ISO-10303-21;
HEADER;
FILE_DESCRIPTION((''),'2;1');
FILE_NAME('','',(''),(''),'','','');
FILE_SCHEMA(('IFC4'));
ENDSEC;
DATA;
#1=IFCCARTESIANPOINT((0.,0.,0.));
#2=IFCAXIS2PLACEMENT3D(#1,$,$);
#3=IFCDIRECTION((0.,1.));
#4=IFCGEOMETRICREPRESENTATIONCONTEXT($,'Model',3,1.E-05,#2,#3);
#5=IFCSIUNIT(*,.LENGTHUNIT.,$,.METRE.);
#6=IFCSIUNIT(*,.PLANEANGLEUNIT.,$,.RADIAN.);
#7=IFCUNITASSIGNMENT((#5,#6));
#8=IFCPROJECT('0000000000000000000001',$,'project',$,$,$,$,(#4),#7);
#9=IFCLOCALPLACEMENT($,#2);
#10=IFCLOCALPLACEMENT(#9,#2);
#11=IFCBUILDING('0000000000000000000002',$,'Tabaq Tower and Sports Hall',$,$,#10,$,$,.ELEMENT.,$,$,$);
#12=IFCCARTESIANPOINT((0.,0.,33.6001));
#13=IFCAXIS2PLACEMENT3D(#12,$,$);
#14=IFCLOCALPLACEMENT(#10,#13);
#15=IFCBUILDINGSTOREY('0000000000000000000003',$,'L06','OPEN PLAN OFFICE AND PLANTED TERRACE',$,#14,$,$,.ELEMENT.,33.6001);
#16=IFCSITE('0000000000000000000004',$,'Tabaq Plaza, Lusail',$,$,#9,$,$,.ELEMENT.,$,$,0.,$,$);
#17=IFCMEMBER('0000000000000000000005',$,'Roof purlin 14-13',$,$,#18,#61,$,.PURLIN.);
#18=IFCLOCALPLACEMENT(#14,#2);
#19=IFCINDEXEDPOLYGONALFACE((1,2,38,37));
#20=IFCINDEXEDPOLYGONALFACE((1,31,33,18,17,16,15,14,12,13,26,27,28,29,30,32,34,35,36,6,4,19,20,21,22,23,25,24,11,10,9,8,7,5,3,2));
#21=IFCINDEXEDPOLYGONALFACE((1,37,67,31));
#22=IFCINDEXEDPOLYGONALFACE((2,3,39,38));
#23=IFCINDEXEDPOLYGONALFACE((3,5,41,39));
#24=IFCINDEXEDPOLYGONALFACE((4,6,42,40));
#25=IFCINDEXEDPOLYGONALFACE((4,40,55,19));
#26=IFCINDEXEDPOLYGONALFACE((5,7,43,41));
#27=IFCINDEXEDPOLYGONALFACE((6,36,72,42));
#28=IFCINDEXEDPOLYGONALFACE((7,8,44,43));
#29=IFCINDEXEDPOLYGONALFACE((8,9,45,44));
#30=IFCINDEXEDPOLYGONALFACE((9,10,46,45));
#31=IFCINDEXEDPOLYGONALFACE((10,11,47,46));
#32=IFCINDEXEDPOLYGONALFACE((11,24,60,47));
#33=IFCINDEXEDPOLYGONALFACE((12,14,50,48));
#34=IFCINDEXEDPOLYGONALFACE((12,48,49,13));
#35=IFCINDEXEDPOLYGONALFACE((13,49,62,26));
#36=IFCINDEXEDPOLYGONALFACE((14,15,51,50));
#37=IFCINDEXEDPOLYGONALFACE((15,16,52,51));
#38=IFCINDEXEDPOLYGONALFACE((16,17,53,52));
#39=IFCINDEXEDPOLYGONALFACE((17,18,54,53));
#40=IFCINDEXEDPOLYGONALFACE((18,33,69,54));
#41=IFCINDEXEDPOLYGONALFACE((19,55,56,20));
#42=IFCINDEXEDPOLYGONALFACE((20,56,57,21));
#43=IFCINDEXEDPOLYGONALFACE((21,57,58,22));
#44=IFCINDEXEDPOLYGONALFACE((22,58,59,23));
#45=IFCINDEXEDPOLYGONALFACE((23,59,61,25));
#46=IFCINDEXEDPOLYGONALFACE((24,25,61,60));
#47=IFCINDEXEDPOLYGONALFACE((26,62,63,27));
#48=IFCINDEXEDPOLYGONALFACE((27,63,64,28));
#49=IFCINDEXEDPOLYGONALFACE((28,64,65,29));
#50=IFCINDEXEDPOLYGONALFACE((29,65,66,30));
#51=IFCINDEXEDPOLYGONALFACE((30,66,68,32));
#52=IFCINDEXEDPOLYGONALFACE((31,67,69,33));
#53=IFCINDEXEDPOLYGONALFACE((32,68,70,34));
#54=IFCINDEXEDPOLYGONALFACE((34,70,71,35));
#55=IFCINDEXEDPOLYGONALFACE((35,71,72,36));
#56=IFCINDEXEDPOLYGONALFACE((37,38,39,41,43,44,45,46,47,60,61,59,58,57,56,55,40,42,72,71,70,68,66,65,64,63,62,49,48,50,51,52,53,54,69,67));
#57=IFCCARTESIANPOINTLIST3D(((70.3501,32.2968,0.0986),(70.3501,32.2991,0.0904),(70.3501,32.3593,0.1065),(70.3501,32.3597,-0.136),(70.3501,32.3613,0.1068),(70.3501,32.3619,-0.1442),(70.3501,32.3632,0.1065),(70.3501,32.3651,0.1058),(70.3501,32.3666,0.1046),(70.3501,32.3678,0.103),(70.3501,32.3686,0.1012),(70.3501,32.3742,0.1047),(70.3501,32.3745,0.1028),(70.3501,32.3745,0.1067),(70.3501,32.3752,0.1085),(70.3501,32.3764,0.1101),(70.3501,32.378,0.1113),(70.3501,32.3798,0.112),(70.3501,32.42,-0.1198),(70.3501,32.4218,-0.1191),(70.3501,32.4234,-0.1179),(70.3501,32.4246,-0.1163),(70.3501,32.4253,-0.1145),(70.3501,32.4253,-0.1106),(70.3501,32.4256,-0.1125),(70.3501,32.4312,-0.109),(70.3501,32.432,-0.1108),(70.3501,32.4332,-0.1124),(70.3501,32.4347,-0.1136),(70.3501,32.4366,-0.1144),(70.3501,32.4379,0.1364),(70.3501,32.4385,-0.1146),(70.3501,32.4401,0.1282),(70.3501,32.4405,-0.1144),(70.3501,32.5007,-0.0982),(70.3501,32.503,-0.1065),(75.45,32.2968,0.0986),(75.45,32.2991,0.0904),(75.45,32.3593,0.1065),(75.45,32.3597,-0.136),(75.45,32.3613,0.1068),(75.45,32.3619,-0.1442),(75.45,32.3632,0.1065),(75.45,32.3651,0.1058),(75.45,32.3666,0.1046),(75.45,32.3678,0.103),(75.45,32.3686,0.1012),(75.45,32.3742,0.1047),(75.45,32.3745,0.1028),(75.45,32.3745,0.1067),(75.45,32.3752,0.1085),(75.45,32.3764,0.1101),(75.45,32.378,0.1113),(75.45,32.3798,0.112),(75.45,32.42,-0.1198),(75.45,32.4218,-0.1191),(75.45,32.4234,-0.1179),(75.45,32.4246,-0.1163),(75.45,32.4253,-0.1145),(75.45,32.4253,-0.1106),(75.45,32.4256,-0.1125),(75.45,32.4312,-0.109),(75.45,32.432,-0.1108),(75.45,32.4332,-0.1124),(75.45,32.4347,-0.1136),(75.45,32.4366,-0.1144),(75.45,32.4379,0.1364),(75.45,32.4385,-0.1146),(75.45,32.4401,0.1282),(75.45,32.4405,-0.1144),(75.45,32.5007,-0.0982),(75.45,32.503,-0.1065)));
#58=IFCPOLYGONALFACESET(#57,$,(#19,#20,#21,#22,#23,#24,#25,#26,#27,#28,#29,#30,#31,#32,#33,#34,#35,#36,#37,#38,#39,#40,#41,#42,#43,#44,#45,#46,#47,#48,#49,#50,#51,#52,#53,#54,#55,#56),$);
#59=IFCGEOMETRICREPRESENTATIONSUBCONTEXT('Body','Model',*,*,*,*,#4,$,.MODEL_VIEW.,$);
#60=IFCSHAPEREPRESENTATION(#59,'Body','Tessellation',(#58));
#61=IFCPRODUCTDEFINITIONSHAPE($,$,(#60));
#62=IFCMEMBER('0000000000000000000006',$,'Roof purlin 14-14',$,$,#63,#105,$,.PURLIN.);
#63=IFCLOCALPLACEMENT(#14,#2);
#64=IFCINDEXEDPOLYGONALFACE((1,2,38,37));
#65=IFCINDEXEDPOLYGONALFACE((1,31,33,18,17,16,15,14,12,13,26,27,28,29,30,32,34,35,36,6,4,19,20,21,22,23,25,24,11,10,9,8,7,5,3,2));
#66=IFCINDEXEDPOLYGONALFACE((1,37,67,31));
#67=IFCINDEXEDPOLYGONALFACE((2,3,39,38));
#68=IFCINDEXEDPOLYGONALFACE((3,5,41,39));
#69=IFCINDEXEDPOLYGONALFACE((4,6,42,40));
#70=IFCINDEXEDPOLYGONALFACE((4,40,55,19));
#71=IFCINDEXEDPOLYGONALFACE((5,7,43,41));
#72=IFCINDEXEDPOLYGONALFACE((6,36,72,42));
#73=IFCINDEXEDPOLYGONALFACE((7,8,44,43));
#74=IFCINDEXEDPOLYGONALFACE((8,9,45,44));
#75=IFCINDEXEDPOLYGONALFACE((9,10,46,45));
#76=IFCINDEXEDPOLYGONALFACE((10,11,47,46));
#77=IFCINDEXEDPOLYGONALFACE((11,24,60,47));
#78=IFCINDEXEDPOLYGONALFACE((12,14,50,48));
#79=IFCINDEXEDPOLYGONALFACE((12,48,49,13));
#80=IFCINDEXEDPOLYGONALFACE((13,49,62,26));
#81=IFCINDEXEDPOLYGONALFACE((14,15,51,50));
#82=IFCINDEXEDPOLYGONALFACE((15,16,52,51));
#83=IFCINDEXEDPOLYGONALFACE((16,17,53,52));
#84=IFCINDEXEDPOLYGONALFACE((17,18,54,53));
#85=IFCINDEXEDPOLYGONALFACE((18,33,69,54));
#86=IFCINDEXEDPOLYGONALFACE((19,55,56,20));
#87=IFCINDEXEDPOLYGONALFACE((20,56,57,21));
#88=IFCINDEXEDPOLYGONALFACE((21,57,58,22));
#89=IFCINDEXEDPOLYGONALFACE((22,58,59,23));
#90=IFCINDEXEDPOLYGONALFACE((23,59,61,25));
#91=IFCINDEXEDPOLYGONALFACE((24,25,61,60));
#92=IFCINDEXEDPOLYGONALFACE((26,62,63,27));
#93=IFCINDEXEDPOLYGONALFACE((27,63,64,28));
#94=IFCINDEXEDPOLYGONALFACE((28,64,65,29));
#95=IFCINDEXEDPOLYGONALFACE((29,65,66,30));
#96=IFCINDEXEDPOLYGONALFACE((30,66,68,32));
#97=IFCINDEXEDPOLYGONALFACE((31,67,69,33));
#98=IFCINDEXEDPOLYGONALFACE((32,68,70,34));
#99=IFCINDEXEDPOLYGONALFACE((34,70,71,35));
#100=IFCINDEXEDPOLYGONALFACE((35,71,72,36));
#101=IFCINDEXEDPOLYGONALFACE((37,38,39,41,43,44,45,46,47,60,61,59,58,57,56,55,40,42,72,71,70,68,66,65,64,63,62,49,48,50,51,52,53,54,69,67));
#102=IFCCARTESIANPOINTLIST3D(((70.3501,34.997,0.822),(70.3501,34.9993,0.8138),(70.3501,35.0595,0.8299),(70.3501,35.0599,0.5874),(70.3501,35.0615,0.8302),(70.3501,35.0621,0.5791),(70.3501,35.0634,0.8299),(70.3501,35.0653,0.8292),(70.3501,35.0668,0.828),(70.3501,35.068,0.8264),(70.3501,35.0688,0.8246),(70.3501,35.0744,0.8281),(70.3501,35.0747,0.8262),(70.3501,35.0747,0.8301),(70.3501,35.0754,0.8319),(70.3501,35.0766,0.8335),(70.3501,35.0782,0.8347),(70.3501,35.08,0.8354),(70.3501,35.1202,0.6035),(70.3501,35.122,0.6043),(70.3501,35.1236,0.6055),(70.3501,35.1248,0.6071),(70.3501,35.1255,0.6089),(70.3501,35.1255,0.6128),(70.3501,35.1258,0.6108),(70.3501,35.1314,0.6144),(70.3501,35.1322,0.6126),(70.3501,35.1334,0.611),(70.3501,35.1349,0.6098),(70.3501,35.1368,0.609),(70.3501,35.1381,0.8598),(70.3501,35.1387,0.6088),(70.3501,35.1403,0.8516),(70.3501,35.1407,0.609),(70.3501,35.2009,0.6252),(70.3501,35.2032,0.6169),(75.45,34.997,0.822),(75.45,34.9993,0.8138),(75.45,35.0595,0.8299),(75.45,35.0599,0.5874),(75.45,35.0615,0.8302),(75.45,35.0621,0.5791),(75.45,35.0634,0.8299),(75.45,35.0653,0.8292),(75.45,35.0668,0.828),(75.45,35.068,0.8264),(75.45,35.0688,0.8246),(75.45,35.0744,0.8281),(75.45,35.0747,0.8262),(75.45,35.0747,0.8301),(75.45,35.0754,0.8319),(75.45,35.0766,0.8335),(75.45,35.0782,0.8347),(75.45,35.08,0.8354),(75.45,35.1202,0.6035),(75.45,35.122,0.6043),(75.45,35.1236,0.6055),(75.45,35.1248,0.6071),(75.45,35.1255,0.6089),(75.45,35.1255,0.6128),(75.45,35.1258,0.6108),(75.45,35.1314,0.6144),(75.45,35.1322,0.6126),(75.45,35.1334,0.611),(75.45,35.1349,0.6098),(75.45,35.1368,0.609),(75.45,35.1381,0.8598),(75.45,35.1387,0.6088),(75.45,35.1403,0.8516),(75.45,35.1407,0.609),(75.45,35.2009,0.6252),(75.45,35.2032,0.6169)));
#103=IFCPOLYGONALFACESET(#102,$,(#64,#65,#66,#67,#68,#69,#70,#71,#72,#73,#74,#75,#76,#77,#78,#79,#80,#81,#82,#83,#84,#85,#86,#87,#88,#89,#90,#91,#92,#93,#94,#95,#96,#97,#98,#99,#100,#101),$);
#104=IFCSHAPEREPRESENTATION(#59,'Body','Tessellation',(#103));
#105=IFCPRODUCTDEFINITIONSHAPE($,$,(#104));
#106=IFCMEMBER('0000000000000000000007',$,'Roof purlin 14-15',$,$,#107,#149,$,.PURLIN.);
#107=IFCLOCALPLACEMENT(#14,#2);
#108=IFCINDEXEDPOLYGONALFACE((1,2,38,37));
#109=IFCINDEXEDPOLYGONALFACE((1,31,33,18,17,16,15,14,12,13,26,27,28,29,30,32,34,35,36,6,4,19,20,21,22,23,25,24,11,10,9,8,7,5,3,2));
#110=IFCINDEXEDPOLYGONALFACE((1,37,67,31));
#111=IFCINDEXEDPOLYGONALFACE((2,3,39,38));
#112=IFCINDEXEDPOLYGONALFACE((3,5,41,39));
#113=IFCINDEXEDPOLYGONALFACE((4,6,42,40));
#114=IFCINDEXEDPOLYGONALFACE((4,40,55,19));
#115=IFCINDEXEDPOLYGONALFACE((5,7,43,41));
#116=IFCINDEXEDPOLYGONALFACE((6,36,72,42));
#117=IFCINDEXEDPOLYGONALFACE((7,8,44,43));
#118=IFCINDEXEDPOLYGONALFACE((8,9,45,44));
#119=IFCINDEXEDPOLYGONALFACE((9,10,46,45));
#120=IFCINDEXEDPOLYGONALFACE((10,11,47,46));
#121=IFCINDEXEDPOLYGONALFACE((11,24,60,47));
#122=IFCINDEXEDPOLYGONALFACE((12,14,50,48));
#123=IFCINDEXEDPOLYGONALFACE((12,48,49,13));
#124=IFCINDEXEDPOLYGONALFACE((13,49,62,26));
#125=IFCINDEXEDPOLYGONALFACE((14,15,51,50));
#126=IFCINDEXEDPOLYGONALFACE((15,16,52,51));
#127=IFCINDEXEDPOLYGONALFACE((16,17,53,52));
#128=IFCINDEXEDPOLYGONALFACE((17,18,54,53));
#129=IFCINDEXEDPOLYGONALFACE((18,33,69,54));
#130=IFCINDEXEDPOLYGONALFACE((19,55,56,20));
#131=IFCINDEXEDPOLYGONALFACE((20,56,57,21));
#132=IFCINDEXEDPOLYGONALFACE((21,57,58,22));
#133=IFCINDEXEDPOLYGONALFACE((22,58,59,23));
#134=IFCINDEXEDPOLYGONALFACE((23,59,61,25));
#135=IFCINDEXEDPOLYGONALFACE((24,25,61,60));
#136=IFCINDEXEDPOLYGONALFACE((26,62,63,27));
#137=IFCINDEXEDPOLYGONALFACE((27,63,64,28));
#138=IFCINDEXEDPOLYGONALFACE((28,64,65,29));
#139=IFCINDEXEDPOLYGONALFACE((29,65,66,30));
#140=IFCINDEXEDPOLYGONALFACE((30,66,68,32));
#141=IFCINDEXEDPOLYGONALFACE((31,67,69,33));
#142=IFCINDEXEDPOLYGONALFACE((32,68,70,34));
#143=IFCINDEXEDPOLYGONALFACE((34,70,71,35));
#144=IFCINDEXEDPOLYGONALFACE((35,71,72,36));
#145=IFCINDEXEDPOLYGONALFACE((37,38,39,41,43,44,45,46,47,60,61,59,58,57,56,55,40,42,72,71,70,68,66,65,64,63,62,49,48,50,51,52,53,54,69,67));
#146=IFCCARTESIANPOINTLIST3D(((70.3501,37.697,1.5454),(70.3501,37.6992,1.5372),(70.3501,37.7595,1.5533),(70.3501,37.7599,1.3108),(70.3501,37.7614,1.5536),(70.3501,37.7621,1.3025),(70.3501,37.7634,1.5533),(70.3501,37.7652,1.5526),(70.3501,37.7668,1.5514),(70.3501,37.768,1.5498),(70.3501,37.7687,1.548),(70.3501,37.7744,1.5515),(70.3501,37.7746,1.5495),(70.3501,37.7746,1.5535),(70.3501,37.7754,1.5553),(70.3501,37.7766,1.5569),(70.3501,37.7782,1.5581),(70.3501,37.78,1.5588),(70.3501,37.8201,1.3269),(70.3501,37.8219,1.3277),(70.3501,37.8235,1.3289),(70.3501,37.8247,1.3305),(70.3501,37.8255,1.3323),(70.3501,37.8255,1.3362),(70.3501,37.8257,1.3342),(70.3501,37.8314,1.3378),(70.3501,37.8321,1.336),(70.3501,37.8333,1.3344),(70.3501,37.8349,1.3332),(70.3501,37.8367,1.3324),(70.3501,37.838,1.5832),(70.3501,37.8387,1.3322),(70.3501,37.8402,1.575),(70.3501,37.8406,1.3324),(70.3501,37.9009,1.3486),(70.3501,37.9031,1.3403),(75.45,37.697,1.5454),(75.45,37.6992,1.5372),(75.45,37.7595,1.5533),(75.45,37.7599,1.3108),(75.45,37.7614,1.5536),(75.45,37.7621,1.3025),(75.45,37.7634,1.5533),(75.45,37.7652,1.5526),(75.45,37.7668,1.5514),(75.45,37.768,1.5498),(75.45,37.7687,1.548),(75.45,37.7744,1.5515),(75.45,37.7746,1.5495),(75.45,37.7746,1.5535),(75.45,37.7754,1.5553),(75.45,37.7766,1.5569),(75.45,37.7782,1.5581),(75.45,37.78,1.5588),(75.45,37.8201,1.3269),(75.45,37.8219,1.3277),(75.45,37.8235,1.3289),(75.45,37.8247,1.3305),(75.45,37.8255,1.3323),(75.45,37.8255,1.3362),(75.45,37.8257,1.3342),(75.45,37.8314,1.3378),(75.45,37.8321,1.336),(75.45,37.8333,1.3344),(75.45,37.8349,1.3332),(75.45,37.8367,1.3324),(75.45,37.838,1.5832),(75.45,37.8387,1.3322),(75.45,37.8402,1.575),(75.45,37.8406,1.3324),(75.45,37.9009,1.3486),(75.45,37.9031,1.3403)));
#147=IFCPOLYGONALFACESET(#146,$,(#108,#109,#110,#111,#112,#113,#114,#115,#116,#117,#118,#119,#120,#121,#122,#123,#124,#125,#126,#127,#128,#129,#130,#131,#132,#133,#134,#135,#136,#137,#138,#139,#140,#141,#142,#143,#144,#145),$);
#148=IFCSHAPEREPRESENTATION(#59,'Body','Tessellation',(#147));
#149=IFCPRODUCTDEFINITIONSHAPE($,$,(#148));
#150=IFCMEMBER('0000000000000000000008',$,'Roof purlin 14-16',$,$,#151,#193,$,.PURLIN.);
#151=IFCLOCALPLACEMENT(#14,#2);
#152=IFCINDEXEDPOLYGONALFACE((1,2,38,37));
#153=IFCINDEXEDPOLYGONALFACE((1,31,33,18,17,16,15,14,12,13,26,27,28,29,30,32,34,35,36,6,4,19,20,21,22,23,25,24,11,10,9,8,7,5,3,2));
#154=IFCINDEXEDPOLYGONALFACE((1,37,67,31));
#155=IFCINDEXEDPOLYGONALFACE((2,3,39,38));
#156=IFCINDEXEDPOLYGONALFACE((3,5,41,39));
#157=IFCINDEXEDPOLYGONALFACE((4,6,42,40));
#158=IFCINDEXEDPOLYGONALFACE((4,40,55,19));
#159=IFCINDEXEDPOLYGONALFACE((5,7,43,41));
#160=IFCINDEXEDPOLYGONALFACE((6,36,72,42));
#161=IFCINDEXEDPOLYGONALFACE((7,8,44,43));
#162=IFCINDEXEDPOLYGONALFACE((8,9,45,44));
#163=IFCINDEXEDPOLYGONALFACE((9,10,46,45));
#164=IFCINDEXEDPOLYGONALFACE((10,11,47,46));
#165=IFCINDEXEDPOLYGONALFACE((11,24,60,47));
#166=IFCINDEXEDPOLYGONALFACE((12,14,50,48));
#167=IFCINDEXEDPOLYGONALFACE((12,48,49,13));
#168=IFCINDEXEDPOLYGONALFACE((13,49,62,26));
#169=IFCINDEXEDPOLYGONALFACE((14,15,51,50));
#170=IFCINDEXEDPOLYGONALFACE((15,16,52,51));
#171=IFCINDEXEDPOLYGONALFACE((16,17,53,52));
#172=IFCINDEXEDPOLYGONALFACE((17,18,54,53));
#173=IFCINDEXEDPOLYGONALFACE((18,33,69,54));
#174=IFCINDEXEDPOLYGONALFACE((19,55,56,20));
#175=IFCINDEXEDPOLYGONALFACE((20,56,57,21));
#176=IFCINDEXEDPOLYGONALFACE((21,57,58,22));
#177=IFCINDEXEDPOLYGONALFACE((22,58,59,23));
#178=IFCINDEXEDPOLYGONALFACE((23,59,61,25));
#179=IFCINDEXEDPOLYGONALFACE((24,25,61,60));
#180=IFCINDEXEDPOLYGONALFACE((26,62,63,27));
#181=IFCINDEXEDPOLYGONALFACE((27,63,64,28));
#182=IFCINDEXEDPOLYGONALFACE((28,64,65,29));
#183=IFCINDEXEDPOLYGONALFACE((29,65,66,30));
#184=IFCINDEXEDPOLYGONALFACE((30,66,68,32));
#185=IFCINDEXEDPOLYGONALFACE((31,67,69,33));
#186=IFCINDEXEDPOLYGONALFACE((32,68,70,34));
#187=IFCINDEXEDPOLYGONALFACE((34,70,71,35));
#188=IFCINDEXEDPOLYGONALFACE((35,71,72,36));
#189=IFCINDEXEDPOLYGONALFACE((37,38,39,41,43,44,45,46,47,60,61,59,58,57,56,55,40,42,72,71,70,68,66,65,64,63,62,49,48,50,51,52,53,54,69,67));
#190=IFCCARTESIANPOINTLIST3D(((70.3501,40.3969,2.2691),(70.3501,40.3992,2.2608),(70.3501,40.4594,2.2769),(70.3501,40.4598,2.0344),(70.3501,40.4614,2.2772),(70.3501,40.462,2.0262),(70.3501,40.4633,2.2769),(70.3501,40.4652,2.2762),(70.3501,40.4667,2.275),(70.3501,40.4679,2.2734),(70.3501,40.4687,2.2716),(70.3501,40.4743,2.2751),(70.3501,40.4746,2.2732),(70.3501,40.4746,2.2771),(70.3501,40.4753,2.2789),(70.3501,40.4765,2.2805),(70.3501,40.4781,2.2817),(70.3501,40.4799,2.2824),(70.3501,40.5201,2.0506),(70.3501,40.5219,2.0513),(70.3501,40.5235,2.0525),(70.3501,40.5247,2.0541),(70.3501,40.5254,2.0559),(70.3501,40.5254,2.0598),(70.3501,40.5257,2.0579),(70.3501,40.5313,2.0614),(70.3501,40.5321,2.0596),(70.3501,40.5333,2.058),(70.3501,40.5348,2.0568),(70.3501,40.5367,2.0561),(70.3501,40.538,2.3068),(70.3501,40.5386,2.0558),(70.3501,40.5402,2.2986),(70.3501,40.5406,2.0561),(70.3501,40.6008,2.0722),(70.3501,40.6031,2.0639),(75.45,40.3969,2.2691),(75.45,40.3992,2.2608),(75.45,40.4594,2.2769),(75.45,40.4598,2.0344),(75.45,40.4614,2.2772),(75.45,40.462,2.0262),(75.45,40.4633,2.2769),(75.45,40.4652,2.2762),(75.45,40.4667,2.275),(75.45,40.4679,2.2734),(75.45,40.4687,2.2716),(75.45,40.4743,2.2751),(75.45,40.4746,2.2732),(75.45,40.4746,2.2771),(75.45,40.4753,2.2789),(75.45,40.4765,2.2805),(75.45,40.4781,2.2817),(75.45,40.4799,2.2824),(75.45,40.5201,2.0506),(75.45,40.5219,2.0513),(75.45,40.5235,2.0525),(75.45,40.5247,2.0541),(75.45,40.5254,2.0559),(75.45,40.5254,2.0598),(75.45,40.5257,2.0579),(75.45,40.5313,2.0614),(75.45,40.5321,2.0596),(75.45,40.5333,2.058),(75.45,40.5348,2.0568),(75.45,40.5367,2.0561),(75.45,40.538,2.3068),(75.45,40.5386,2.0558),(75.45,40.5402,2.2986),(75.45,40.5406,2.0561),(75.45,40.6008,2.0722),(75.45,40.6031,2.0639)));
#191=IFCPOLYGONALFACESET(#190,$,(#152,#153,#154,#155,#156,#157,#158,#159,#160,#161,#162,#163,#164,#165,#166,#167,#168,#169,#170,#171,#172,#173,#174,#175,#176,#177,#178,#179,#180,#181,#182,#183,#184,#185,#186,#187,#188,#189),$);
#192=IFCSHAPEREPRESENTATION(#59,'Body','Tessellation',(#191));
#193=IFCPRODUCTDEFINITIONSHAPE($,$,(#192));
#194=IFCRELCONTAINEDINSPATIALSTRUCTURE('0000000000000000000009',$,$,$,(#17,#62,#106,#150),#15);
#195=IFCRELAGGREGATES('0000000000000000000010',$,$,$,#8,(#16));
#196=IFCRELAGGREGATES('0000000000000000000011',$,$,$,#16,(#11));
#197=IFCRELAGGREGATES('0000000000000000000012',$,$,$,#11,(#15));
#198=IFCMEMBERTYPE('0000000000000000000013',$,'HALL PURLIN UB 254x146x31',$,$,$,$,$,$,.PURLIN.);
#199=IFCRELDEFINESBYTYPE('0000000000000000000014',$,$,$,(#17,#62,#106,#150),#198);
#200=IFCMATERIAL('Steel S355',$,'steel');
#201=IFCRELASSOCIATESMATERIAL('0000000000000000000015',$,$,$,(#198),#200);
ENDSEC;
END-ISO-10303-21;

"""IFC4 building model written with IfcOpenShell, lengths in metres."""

from ifc_helpers import new_model, si_unit, direction, frame, origin, origin_2d, place, context, subcontext, project, spatial, i_section, extrude, material, material_profile, profile_set, type_object, element, save


model = new_model("IFC4")

# Units and contexts
model_context = context("Model", 3, precision=1e-05, world=origin(), true_north=direction((0.0, 1.0)))
body_context = subcontext(model_context, "Body", "Model", "MODEL_VIEW")
ifc_project = project(units=[si_unit("LENGTHUNIT", "METRE"), si_unit("PLANEANGLEUNIT", "RADIAN")], contexts=[model_context])

# Site, building, storey
site_placement = place(None, origin())
site = spatial("IfcSite", under=ifc_project, at=site_placement, Name="Tabaq Plaza, Lusail", CompositionType="ELEMENT", RefElevation=0.0)
building_placement = place(site_placement, origin())
building = spatial("IfcBuilding", under=site, at=building_placement, Name="Tabaq Tower and Sports Hall", CompositionType="ELEMENT")
storey_placement = place(building_placement, frame((0.0, 0.0, 33.6001)))
storey = spatial("IfcBuildingStorey", under=building, at=storey_placement, Name="L06", Description="OPEN PLAN OFFICE AND PLANTED TERRACE", CompositionType="ELEMENT", Elevation=33.6001)

# Members
ifc_material_1 = material(Name="Steel S355", Category="steel")
ifc_material_profile_1 = material_profile(ifc_material_1, i_section(OverallWidth=0.146, OverallDepth=0.2515, WebThickness=0.0061, FlangeThickness=0.0085, FilletRadius=0.0076, at=origin_2d()), Name="UB 254x146x31")
ifc_profile_set_1 = profile_set([ifc_material_profile_1], Name="Steel S355")
member_type_1 = type_object("IfcMemberType", Name="HALL PURLIN UB 254x146x31", PredefinedType="PURLIN", material=ifc_profile_set_1)
for number, where, z_axis, x_axis, name in (
    (1, (70.3501, 32.3999, -0.0039), (1.0, 0.0, 0.0), (0.0, 0.965926, 0.258819), "Roof purlin 14-13"),
    (2, (70.3501, 35.1001, 0.7195), (1.0, 0.0, 0.0), (0.0, 0.965926, 0.258819), "Roof purlin 14-14"),
    (3, (70.3501, 37.8, 1.4429), (1.0, 0.0, 0.0), (0.0, 0.965926, 0.258819), "Roof purlin 14-15"),
    (4, (70.3501, 40.5, 2.1665), (1.0, 0.0, 0.0), (0.0, 0.965926, 0.258819), "Roof purlin 14-16"),
):
    element("IfcMember", number, at=place(storey_placement, frame(where, z_axis=z_axis, x_axis=x_axis)), inside=storey, type_object=member_type_1, Name=name, PredefinedType="PURLIN", context=body_context, shape_type="SweptSolid", body=[
        extrude(i_section(OverallWidth=0.146, OverallDepth=0.2515, WebThickness=0.0061, FlangeThickness=0.0085, FilletRadius=0.0076, at=origin_2d()), origin(), (0.0, 0.0, 1.0), 5.0999),
    ])

save(model, "model.ifc")
